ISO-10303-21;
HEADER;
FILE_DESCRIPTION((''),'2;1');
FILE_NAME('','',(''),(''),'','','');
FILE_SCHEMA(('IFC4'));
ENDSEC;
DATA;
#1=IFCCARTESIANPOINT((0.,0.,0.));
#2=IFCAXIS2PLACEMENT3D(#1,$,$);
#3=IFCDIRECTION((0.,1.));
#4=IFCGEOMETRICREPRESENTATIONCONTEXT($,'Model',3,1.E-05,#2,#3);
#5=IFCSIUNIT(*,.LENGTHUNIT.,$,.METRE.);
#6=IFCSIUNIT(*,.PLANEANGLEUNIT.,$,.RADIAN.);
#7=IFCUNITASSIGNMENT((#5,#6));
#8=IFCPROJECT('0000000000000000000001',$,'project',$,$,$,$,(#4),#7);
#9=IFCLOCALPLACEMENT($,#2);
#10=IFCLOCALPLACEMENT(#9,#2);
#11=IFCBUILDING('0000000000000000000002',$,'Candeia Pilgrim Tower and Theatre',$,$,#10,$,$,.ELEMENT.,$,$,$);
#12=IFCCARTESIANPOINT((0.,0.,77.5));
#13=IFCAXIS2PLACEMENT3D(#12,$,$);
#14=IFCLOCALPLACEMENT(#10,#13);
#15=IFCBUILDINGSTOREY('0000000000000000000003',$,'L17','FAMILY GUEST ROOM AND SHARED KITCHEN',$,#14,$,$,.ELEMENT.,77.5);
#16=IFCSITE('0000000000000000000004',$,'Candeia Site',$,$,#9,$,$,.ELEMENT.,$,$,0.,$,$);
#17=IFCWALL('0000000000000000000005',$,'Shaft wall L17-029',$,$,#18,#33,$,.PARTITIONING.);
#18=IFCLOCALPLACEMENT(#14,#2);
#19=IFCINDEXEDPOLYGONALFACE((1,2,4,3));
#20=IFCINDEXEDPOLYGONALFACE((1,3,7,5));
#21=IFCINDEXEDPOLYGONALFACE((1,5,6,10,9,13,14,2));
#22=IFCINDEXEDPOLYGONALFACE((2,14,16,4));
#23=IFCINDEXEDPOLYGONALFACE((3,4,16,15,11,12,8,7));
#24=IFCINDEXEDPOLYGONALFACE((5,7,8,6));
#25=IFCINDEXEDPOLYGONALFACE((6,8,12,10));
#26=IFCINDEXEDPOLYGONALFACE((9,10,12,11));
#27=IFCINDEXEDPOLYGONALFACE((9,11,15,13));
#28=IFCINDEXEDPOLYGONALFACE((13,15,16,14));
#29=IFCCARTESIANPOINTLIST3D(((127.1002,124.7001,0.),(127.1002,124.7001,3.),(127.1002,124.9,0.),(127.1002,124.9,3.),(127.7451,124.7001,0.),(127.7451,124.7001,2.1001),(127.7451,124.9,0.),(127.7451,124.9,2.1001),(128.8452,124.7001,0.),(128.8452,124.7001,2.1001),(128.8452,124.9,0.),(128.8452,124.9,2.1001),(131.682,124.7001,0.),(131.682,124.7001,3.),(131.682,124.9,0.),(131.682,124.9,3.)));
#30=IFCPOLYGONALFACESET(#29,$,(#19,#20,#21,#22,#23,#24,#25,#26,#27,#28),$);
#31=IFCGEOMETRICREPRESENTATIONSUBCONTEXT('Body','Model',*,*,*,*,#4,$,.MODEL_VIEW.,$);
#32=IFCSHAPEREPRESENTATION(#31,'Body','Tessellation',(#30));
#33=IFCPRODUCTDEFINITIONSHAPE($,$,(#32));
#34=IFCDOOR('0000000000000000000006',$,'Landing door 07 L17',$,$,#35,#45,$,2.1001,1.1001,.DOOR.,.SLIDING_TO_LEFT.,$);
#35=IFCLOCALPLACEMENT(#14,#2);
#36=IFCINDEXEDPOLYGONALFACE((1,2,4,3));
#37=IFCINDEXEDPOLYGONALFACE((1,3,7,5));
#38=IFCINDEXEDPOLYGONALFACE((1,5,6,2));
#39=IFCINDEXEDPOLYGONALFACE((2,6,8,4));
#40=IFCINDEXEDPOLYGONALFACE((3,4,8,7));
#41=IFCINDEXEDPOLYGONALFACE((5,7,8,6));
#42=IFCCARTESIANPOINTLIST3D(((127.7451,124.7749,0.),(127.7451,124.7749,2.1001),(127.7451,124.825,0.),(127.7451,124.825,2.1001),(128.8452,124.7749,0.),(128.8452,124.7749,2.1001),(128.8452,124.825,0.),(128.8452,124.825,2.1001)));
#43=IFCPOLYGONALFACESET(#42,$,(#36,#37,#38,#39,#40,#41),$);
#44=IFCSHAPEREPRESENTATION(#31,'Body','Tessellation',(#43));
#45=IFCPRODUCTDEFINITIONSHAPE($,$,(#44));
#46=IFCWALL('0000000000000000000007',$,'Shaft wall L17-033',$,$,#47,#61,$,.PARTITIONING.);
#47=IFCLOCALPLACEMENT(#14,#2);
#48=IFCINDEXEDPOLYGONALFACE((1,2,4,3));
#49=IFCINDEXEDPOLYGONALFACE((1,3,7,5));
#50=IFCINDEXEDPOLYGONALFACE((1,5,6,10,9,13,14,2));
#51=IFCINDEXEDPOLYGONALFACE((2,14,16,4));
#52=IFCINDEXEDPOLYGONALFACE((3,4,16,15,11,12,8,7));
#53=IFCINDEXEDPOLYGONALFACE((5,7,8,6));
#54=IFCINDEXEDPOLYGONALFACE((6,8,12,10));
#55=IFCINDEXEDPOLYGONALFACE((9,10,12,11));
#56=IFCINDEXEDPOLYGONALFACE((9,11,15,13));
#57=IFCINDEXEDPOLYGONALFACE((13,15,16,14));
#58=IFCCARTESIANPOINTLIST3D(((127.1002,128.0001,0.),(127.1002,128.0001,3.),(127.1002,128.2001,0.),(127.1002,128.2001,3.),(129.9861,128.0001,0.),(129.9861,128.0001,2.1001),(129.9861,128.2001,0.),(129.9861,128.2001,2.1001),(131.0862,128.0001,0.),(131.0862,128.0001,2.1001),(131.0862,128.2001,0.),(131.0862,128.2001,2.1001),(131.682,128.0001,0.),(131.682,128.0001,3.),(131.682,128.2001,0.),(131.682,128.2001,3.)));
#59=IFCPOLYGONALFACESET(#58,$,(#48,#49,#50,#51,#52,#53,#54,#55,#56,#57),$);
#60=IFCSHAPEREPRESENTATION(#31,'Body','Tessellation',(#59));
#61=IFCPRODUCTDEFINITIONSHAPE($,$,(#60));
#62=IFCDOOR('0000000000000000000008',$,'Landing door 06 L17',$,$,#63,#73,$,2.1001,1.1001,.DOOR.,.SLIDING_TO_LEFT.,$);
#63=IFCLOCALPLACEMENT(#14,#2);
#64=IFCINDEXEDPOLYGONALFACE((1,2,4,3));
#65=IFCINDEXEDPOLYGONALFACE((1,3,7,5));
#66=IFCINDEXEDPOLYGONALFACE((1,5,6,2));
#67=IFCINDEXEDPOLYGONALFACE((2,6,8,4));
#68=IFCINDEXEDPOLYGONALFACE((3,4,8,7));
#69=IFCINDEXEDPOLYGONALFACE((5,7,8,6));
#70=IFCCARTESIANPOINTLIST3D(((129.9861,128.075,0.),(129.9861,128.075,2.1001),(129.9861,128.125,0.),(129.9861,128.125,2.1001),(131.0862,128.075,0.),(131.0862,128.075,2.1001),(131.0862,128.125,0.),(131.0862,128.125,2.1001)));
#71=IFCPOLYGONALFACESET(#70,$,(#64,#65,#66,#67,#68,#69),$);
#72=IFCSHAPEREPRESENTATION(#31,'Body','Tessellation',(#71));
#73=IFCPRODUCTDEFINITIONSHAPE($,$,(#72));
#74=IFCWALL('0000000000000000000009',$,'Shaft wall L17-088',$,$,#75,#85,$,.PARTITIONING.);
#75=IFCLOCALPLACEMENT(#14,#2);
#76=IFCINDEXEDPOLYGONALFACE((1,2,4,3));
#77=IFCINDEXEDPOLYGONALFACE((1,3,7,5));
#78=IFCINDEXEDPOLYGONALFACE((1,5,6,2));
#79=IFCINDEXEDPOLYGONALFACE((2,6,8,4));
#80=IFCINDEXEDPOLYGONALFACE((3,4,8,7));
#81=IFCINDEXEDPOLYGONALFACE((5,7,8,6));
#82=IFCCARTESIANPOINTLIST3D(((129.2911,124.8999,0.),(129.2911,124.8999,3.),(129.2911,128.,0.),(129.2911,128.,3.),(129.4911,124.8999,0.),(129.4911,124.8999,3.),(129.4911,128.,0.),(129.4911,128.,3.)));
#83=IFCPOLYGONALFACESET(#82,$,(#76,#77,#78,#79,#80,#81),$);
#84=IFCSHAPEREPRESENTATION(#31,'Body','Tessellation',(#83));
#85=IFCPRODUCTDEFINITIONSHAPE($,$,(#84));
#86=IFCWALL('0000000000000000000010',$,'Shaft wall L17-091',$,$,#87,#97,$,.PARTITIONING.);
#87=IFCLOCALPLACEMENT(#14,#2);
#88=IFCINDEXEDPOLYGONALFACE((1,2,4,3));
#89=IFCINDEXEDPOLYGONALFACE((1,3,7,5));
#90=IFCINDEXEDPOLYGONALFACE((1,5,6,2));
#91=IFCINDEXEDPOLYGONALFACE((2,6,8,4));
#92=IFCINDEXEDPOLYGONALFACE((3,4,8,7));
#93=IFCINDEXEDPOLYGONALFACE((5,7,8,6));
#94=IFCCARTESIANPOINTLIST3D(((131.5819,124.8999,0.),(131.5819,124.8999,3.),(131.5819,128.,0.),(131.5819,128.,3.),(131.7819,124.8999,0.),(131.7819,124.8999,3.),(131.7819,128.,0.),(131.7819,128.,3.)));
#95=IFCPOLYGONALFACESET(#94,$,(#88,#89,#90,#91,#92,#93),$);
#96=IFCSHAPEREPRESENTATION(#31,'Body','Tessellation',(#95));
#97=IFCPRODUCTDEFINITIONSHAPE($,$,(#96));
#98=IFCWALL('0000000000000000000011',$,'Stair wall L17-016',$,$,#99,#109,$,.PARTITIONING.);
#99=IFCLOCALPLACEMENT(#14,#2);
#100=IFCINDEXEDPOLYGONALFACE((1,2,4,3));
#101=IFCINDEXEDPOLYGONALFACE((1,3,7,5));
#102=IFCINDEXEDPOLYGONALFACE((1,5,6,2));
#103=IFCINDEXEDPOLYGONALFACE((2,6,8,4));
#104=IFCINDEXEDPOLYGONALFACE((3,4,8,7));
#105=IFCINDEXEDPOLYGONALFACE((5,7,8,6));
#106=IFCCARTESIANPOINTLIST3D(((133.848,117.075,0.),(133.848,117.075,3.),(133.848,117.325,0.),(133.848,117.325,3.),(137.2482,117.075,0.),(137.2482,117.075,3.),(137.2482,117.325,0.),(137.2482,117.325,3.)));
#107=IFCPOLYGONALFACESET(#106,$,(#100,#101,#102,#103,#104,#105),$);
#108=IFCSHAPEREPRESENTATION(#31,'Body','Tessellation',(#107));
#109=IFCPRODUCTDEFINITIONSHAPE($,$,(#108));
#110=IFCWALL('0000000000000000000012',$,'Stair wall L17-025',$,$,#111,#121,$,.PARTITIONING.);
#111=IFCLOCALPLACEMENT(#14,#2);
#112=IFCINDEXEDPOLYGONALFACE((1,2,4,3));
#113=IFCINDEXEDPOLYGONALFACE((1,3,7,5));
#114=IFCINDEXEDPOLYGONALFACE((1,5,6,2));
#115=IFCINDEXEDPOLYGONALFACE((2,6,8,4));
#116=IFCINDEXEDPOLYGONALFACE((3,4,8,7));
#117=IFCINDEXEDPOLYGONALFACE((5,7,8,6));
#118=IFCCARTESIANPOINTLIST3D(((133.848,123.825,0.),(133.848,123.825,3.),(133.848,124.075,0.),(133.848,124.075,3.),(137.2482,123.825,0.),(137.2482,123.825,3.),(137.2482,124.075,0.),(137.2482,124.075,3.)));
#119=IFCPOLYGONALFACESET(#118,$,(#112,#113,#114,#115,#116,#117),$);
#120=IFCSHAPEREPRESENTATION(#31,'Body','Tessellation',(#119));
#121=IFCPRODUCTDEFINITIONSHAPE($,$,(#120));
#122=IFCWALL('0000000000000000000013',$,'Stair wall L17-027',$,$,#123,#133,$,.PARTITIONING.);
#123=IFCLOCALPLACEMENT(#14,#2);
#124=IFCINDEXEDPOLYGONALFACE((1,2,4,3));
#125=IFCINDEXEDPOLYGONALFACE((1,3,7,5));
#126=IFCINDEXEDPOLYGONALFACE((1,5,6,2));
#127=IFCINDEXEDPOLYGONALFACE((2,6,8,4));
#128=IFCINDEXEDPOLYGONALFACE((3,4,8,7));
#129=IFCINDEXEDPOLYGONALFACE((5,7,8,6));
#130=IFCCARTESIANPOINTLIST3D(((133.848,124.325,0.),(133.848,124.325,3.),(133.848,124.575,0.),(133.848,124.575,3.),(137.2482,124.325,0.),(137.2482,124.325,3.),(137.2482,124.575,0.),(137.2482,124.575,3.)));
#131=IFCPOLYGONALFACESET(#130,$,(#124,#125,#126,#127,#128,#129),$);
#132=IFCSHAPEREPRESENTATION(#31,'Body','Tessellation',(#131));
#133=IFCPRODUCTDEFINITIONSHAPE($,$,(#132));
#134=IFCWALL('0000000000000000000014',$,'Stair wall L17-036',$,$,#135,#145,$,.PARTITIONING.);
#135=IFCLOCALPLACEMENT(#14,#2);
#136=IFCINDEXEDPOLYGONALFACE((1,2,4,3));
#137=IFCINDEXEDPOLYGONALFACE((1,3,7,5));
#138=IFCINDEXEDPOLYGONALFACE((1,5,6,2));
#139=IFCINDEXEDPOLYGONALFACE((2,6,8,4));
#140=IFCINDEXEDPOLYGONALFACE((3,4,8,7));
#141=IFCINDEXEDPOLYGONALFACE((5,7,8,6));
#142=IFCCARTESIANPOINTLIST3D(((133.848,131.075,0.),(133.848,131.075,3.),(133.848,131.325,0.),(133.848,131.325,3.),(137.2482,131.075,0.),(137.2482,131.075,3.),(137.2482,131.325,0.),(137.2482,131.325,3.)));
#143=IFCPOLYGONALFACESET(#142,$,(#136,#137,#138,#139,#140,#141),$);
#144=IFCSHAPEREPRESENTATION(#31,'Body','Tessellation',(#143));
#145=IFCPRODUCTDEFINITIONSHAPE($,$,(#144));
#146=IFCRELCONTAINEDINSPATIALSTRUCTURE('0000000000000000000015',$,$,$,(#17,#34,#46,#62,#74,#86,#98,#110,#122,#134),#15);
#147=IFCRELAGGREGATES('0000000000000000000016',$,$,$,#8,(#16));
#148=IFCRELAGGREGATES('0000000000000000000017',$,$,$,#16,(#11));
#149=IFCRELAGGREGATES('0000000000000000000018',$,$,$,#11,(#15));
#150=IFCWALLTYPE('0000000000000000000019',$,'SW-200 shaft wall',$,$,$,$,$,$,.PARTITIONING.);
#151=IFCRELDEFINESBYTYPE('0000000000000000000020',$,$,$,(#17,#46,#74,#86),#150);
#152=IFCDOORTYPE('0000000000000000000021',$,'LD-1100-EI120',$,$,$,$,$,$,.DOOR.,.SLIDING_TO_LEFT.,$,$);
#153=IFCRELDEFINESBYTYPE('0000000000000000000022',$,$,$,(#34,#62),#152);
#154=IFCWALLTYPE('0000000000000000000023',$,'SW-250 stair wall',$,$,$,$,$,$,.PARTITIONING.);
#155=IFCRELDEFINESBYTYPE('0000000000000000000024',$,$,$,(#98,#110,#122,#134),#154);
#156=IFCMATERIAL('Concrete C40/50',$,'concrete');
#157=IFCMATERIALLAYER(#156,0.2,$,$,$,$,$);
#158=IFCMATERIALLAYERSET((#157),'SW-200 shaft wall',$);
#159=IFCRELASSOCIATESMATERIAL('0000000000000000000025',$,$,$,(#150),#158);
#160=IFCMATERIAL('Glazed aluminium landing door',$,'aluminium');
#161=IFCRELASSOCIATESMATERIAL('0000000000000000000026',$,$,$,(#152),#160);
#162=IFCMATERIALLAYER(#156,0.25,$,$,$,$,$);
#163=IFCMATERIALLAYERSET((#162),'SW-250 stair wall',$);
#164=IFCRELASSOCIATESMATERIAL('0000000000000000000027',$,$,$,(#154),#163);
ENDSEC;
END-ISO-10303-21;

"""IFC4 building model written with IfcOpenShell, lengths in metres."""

from ifc_helpers import new_model, si_unit, direction, frame, frame_2d, origin, place, context, subcontext, project, spatial, rectangle, extrude, material, layer, layer_set, type_object, element, fill, save


model = new_model("IFC4")

# Units and contexts
model_context = context("Model", 3, precision=1e-05, world=origin(), true_north=direction((0.0, 1.0)))
body_context = subcontext(model_context, "Body", "Model", "MODEL_VIEW")
ifc_project = project(units=[si_unit("LENGTHUNIT", "METRE"), si_unit("PLANEANGLEUNIT", "RADIAN")], contexts=[model_context])

# Site, building, storey
site_placement = place(None, origin())
site = spatial("IfcSite", under=ifc_project, at=site_placement, Name="Candeia Site", CompositionType="ELEMENT", RefElevation=0.0)
building_placement = place(site_placement, origin())
building = spatial("IfcBuilding", under=site, at=building_placement, Name="Candeia Pilgrim Tower and Theatre", CompositionType="ELEMENT")
storey_placement = place(building_placement, frame((0.0, 0.0, 77.5)))
storey = spatial("IfcBuildingStorey", under=building, at=storey_placement, Name="L17", Description="FAMILY GUEST ROOM AND SHARED KITCHEN", CompositionType="ELEMENT", Elevation=77.5)

# Shared definitions
ifc_material_1 = material(Name="Concrete C40/50", Category="concrete")
ifc_layer_1 = layer(ifc_material_1, 0.2)
ifc_layer_set_1 = layer_set([ifc_layer_1], Name="SW-200 shaft wall")
wall_type_1 = type_object("IfcWallType", Name="SW-200 shaft wall", PredefinedType="PARTITIONING", material=ifc_layer_set_1)

# Walls, openings, doors
wall_1_placement = place(storey_placement, frame((127.1001, 124.8, 0.0), z_axis=(0.0, 0.0, 1.0), x_axis=(1.0, 0.0, 0.0)))
wall_1 = element("IfcWall", 1, at=wall_1_placement, inside=storey, type_object=wall_type_1, Name="Shaft wall L17-029", PredefinedType="PARTITIONING", context=body_context, shape_type="SweptSolid", body=[
    extrude(rectangle(XDim=4.5818, YDim=0.2, at=frame_2d((2.291, 0.0))), origin(), (0.0, 0.0, 1.0), 3.0),
])
opening_1_placement = place(wall_1_placement, frame((0.645, 0.0, 0.0)))
opening_1 = element("IfcOpeningElement", 2, at=opening_1_placement, cuts=wall_1, PredefinedType="OPENING", context=body_context, shape_type="SweptSolid", body=[
    extrude(rectangle(XDim=1.1001, YDim=2.1001, at=frame_2d((0.55, 1.05))), frame((0.0, 0.1099, 0.0), z_axis=(0.0, -1.0, 0.0), x_axis=(1.0, 0.0, 0.0)), (0.0, 0.0, 1.0), 0.22),
])
ifc_material_2 = material(Name="Glazed aluminium landing door", Category="aluminium")
door_type_1 = type_object("IfcDoorType", Name="LD-1100-EI120", OperationType="SLIDING_TO_LEFT", PredefinedType="DOOR", material=ifc_material_2)
door_1_placement = place(opening_1_placement, origin())
door_1 = element("IfcDoor", 3, at=door_1_placement, inside=storey, type_object=door_type_1, Name="Landing door 07 L17", OperationType="SLIDING_TO_LEFT", OverallHeight=2.1001, OverallWidth=1.1001, PredefinedType="DOOR", context=body_context, shape_type="SweptSolid", body=[
    extrude(rectangle(XDim=1.1001, YDim=2.1001, at=frame_2d((0.55, 1.05))), frame((0.0, 0.0249, 0.0), z_axis=(0.0, -1.0, 0.0), x_axis=(1.0, 0.0, 0.0)), (0.0, 0.0, 1.0), 0.05),
])
fill(opening_1, door_1)
wall_2_placement = place(storey_placement, frame((127.1001, 128.1001, 0.0), z_axis=(0.0, 0.0, 1.0), x_axis=(1.0, 0.0, 0.0)))
wall_2 = element("IfcWall", 4, at=wall_2_placement, inside=storey, type_object=wall_type_1, Name="Shaft wall L17-033", PredefinedType="PARTITIONING", context=body_context, shape_type="SweptSolid", body=[
    extrude(rectangle(XDim=4.5818, YDim=0.2, at=frame_2d((2.291, 0.0))), origin(), (0.0, 0.0, 1.0), 3.0),
])
opening_2_placement = place(wall_2_placement, frame((2.886, 0.0, 0.0)))
opening_2 = element("IfcOpeningElement", 5, at=opening_2_placement, cuts=wall_2, PredefinedType="OPENING", context=body_context, shape_type="SweptSolid", body=[
    extrude(rectangle(XDim=1.1001, YDim=2.1001, at=frame_2d((0.55, 1.05))), frame((0.0, 0.1099, 0.0), z_axis=(0.0, -1.0, 0.0), x_axis=(1.0, 0.0, 0.0)), (0.0, 0.0, 1.0), 0.22),
])
door_2_placement = place(opening_2_placement, origin())
door_2 = element("IfcDoor", 6, at=door_2_placement, inside=storey, type_object=door_type_1, Name="Landing door 06 L17", OperationType="SLIDING_TO_LEFT", OverallHeight=2.1001, OverallWidth=1.1001, PredefinedType="DOOR", context=body_context, shape_type="SweptSolid", body=[
    extrude(rectangle(XDim=1.1001, YDim=2.1001, at=frame_2d((0.55, 1.05))), frame((0.0, 0.0249, 0.0), z_axis=(0.0, -1.0, 0.0), x_axis=(1.0, 0.0, 0.0)), (0.0, 0.0, 1.0), 0.05),
])
fill(opening_2, door_2)

# Walls
for number, where, z_axis, x_axis, name in (
    (7, (129.3911, 124.8999, 0.0), (0.0, 0.0, 1.0), (0.0, 1.0, 0.0), "Shaft wall L17-088"),
    (8, (131.6819, 124.8999, 0.0), (0.0, 0.0, 1.0), (0.0, 1.0, 0.0), "Shaft wall L17-091"),
):
    element("IfcWall", number, at=place(storey_placement, frame(where, z_axis=z_axis, x_axis=x_axis)), inside=storey, type_object=wall_type_1, Name=name, PredefinedType="PARTITIONING", context=body_context, shape_type="SweptSolid", body=[
        extrude(rectangle(XDim=3.1001, YDim=0.2, at=frame_2d((1.55, 0.0))), origin(), (0.0, 0.0, 1.0), 3.0),
    ])
ifc_layer_2 = layer(ifc_material_1, 0.25)
ifc_layer_set_2 = layer_set([ifc_layer_2], Name="SW-250 stair wall")
wall_type_2 = type_object("IfcWallType", Name="SW-250 stair wall", PredefinedType="PARTITIONING", material=ifc_layer_set_2)
for number, where, z_axis, x_axis, name in (
    (9, (133.8479, 117.2, 0.0), (0.0, 0.0, 1.0), (1.0, 0.0, 0.0), "Stair wall L17-016"),
    (10, (133.8479, 123.95, 0.0), (0.0, 0.0, 1.0), (1.0, 0.0, 0.0), "Stair wall L17-025"),
    (11, (133.8479, 124.45, 0.0), (0.0, 0.0, 1.0), (1.0, 0.0, 0.0), "Stair wall L17-027"),
    (12, (133.8479, 131.2, 0.0), (0.0, 0.0, 1.0), (1.0, 0.0, 0.0), "Stair wall L17-036"),
):
    element("IfcWall", number, at=place(storey_placement, frame(where, z_axis=z_axis, x_axis=x_axis)), inside=storey, type_object=wall_type_2, Name=name, PredefinedType="PARTITIONING", context=body_context, shape_type="SweptSolid", body=[
        extrude(rectangle(XDim=3.4001, YDim=0.25, at=frame_2d((1.7002, 0.0))), origin(), (0.0, 0.0, 1.0), 3.0),
    ])

save(model, "model.ifc")
